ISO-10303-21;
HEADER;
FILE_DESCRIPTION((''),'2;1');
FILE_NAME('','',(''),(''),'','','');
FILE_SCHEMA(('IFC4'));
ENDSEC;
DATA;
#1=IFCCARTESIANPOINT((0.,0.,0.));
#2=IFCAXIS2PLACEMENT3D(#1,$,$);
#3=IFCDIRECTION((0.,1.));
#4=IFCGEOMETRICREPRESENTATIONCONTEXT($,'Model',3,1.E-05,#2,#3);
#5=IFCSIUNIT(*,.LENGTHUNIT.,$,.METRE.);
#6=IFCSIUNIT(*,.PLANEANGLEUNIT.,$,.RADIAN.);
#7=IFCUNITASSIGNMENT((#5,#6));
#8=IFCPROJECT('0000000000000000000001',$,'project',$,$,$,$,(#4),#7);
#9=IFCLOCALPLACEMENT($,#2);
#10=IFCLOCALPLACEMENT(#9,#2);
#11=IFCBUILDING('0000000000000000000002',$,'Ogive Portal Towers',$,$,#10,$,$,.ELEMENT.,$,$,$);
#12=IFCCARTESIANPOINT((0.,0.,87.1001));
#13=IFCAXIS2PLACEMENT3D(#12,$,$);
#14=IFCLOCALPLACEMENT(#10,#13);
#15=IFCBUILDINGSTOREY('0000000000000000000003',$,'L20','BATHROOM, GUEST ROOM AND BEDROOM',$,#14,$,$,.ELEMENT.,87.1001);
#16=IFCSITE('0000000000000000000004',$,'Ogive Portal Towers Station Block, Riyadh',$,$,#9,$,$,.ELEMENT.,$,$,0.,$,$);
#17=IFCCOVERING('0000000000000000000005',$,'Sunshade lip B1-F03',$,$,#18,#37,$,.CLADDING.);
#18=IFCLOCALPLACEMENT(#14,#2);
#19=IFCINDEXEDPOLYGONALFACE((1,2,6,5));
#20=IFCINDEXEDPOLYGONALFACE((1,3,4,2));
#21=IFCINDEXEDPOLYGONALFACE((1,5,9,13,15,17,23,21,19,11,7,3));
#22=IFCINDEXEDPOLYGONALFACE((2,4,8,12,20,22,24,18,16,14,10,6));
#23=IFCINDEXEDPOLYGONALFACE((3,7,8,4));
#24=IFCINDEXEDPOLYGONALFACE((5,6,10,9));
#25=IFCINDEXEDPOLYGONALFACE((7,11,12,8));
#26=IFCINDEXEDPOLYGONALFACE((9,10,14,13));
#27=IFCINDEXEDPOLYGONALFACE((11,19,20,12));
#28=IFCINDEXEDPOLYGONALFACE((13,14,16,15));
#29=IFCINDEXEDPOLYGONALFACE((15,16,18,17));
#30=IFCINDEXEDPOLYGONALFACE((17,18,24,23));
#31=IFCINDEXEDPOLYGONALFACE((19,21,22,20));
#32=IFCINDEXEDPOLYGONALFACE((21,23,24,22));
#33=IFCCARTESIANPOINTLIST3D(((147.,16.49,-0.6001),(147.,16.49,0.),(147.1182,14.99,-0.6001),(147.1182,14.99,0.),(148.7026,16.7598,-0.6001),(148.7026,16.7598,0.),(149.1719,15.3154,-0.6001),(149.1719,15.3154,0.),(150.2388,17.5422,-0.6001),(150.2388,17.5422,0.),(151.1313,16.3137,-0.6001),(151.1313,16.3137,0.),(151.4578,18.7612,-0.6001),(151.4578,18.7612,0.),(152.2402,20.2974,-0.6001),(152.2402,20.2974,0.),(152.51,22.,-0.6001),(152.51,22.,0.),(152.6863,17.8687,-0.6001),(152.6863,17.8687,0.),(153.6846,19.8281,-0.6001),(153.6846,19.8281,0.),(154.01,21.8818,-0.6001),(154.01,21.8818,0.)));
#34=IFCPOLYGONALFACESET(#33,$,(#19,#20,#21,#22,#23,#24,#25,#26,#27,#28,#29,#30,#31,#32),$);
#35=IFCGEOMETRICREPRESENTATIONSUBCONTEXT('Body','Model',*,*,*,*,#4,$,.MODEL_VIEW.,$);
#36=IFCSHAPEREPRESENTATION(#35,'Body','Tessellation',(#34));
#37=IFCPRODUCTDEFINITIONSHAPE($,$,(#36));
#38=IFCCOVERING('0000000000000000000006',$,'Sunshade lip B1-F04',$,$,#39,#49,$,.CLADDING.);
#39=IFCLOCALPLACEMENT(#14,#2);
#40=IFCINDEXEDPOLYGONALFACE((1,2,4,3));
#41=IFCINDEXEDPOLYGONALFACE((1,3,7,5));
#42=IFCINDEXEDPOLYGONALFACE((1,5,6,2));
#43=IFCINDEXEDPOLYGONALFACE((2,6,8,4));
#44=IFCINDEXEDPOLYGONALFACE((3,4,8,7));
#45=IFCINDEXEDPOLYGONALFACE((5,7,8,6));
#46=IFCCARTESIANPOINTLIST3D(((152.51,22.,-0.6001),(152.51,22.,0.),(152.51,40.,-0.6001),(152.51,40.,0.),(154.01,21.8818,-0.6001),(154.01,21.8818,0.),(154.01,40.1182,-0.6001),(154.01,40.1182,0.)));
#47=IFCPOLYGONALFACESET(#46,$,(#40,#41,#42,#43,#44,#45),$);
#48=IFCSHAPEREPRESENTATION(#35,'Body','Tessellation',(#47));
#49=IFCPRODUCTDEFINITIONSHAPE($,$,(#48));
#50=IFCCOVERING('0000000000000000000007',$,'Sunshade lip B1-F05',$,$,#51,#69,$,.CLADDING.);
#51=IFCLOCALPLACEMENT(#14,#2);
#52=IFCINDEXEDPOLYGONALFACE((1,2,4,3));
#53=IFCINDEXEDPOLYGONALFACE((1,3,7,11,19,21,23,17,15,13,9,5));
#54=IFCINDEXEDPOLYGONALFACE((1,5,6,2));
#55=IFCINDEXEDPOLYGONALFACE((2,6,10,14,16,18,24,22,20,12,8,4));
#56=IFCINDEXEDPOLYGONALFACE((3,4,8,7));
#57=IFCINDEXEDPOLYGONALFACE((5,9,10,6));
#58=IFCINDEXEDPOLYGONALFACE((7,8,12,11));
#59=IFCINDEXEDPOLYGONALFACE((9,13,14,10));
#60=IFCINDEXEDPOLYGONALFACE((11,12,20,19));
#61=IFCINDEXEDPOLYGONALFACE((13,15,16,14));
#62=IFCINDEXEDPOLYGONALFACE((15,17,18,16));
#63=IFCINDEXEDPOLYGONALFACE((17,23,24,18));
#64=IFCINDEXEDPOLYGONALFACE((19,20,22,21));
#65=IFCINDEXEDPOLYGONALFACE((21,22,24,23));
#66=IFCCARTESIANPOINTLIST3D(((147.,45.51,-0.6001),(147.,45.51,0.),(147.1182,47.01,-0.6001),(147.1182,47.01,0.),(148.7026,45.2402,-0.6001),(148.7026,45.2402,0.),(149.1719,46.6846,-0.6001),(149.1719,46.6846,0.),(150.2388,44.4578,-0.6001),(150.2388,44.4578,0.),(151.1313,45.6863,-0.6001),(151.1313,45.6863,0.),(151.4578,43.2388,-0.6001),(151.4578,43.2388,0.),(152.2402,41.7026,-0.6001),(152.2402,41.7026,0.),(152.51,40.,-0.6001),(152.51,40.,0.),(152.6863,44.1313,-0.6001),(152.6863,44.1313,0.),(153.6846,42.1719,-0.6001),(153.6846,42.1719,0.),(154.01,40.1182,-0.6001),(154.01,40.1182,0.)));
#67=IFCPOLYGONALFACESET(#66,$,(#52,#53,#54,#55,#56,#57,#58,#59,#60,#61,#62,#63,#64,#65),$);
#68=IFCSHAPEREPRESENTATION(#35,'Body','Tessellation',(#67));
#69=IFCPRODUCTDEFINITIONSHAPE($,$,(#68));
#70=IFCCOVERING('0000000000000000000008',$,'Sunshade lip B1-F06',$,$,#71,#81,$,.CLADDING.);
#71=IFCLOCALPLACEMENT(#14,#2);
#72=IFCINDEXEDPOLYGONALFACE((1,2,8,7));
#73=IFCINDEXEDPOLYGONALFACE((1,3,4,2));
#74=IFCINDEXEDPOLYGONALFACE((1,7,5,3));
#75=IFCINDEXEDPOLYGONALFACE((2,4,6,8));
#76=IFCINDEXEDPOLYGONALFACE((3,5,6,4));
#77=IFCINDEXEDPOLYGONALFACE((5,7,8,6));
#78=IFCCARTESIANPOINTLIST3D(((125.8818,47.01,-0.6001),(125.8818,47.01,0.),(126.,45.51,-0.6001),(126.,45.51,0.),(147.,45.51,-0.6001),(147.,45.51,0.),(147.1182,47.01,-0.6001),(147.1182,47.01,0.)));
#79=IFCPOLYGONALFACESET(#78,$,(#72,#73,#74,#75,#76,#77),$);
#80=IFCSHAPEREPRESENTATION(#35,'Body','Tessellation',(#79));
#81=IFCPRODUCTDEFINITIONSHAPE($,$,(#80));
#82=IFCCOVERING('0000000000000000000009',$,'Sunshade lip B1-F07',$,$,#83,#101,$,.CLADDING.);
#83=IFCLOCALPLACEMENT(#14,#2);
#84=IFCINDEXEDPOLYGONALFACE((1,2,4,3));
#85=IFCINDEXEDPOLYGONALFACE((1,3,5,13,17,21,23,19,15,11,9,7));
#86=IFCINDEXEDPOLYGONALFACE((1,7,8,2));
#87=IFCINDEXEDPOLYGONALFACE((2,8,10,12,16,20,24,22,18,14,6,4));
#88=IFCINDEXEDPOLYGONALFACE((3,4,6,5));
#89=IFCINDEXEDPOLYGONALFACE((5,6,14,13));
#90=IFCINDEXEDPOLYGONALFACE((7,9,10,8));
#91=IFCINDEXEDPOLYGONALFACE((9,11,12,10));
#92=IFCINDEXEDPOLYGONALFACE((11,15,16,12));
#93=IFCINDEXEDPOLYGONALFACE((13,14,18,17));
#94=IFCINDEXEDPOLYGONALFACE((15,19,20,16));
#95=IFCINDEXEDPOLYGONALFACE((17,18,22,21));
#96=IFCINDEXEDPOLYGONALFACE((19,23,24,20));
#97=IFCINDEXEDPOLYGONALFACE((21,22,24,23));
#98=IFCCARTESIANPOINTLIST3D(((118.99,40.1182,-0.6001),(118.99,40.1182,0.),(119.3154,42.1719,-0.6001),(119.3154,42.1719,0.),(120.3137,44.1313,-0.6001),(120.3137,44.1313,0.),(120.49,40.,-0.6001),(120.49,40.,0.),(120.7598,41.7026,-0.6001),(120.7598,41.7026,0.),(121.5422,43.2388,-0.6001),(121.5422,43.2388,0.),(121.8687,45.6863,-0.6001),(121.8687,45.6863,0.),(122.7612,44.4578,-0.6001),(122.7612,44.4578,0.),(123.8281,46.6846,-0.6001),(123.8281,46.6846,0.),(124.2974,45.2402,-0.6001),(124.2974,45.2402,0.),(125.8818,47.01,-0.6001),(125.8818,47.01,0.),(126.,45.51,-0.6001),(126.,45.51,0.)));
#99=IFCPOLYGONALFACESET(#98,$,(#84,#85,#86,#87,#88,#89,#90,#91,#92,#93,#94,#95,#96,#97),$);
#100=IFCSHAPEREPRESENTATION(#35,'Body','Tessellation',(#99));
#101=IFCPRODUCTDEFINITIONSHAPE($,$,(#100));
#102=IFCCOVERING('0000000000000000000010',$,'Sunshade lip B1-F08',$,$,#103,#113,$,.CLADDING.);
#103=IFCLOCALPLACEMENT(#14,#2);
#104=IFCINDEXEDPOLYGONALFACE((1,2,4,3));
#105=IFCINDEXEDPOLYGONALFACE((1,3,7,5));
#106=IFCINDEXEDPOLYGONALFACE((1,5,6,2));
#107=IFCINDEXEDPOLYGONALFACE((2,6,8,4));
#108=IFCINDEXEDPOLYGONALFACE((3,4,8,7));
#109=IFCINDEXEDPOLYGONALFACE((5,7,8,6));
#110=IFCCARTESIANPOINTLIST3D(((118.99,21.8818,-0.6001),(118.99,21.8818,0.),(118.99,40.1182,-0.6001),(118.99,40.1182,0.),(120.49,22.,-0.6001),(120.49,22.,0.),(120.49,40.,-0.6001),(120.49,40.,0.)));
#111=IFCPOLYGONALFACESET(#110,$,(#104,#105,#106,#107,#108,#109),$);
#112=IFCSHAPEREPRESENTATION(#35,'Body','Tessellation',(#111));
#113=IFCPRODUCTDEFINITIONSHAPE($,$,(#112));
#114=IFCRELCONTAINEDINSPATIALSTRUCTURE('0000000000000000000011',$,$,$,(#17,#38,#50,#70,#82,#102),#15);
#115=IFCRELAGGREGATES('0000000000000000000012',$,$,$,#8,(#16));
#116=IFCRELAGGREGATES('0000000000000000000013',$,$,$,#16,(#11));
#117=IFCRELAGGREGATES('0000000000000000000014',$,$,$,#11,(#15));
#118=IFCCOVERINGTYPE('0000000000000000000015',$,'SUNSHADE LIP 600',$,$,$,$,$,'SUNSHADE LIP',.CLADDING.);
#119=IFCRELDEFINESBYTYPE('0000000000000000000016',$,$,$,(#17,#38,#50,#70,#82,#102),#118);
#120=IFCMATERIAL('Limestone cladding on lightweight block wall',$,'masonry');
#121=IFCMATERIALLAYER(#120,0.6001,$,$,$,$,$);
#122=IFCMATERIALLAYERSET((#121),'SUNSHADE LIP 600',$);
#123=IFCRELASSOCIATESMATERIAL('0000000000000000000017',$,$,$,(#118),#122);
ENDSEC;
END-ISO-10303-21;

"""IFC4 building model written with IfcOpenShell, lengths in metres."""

from ifc_helpers import new_model, si_unit, direction, frame, origin, place, context, subcontext, project, spatial, polyline, outline, extrude, material, layer, layer_set, type_object, element, save


model = new_model("IFC4")

# Units and contexts
model_context = context("Model", 3, precision=1e-05, world=origin(), true_north=direction((0.0, 1.0)))
body_context = subcontext(model_context, "Body", "Model", "MODEL_VIEW")
ifc_project = project(units=[si_unit("LENGTHUNIT", "METRE"), si_unit("PLANEANGLEUNIT", "RADIAN")], contexts=[model_context])

# Site, building, storey
site_placement = place(None, origin())
site = spatial("IfcSite", under=ifc_project, at=site_placement, Name="Ogive Portal Towers Station Block, Riyadh", CompositionType="ELEMENT", RefElevation=0.0)
building_placement = place(site_placement, origin())
building = spatial("IfcBuilding", under=site, at=building_placement, Name="Ogive Portal Towers", CompositionType="ELEMENT")
storey_placement = place(building_placement, frame((0.0, 0.0, 87.1001)))
storey = spatial("IfcBuildingStorey", under=building, at=storey_placement, Name="L20", Description="BATHROOM, GUEST ROOM AND BEDROOM", CompositionType="ELEMENT", Elevation=87.1001)

# Shared definitions
ifc_material_1 = material(Name="Limestone cladding on lightweight block wall", Category="masonry")

# Coverings
ifc_layer_1 = layer(ifc_material_1, 0.6001)
ifc_layer_set_1 = layer_set([ifc_layer_1], Name="SUNSHADE LIP 600")
covering_type_1 = type_object("IfcCoveringType", Name="SUNSHADE LIP 600", ElementType="SUNSHADE LIP", PredefinedType="CLADDING", material=ifc_layer_set_1)
covering_1_placement = place(storey_placement, frame((0.0, 0.0, -0.6001)))
element("IfcCovering", 1, at=covering_1_placement, inside=storey, type_object=covering_type_1, Name="Sunshade lip B1-F03", PredefinedType="CLADDING", context=body_context, shape_type="SweptSolid", body=[
    extrude(outline(polyline([(147.0, 16.49), (148.7026, 16.7598), (150.2388, 17.5422), (151.4578, 18.7612), (152.2402, 20.2974), (152.51, 22.0), (154.01, 21.8818), (153.6846, 19.8281), (152.6863, 17.8687), (151.1313, 16.3137), (149.1719, 15.3154), (147.1182, 14.99), (147.0, 16.49)])), origin(), (0.0, 0.0, 1.0), 0.6001),
])
covering_2_placement = place(storey_placement, frame((0.0, 0.0, -0.6001)))
element("IfcCovering", 2, at=covering_2_placement, inside=storey, type_object=covering_type_1, Name="Sunshade lip B1-F04", PredefinedType="CLADDING", context=body_context, shape_type="SweptSolid", body=[
    extrude(outline(polyline([(152.51, 22.0), (152.51, 40.0), (154.01, 40.1182), (154.01, 21.8818), (152.51, 22.0)])), origin(), (0.0, 0.0, 1.0), 0.6001),
])
covering_3_placement = place(storey_placement, frame((0.0, 0.0, -0.6001)))
element("IfcCovering", 3, at=covering_3_placement, inside=storey, type_object=covering_type_1, Name="Sunshade lip B1-F05", PredefinedType="CLADDING", context=body_context, shape_type="SweptSolid", body=[
    extrude(outline(polyline([(152.51, 40.0), (152.2402, 41.7026), (151.4578, 43.2388), (150.2388, 44.4578), (148.7026, 45.2402), (147.0, 45.51), (147.1182, 47.01), (149.1719, 46.6846), (151.1313, 45.6863), (152.6863, 44.1313), (153.6846, 42.1719), (154.01, 40.1182), (152.51, 40.0)])), origin(), (0.0, 0.0, 1.0), 0.6001),
])
covering_4_placement = place(storey_placement, frame((0.0, 0.0, -0.6001)))
element("IfcCovering", 4, at=covering_4_placement, inside=storey, type_object=covering_type_1, Name="Sunshade lip B1-F06", PredefinedType="CLADDING", context=body_context, shape_type="SweptSolid", body=[
    extrude(outline(polyline([(147.0, 45.51), (126.0, 45.51), (125.8818, 47.01), (147.1182, 47.01), (147.0, 45.51)])), origin(), (0.0, 0.0, 1.0), 0.6001),
])
covering_5_placement = place(storey_placement, frame((0.0, 0.0, -0.6001)))
element("IfcCovering", 5, at=covering_5_placement, inside=storey, type_object=covering_type_1, Name="Sunshade lip B1-F07", PredefinedType="CLADDING", context=body_context, shape_type="SweptSolid", body=[
    extrude(outline(polyline([(126.0, 45.51), (124.2974, 45.2402), (122.7612, 44.4578), (121.5422, 43.2388), (120.7598, 41.7026), (120.49, 40.0), (118.99, 40.1182), (119.3154, 42.1719), (120.3137, 44.1313), (121.8687, 45.6863), (123.8281, 46.6846), (125.8818, 47.01), (126.0, 45.51)])), origin(), (0.0, 0.0, 1.0), 0.6001),
])
covering_6_placement = place(storey_placement, frame((0.0, 0.0, -0.6001)))
element("IfcCovering", 6, at=covering_6_placement, inside=storey, type_object=covering_type_1, Name="Sunshade lip B1-F08", PredefinedType="CLADDING", context=body_context, shape_type="SweptSolid", body=[
    extrude(outline(polyline([(120.49, 40.0), (120.49, 22.0), (118.99, 21.8818), (118.99, 40.1182), (120.49, 40.0)])), origin(), (0.0, 0.0, 1.0), 0.6001),
])

save(model, "model.ifc")
